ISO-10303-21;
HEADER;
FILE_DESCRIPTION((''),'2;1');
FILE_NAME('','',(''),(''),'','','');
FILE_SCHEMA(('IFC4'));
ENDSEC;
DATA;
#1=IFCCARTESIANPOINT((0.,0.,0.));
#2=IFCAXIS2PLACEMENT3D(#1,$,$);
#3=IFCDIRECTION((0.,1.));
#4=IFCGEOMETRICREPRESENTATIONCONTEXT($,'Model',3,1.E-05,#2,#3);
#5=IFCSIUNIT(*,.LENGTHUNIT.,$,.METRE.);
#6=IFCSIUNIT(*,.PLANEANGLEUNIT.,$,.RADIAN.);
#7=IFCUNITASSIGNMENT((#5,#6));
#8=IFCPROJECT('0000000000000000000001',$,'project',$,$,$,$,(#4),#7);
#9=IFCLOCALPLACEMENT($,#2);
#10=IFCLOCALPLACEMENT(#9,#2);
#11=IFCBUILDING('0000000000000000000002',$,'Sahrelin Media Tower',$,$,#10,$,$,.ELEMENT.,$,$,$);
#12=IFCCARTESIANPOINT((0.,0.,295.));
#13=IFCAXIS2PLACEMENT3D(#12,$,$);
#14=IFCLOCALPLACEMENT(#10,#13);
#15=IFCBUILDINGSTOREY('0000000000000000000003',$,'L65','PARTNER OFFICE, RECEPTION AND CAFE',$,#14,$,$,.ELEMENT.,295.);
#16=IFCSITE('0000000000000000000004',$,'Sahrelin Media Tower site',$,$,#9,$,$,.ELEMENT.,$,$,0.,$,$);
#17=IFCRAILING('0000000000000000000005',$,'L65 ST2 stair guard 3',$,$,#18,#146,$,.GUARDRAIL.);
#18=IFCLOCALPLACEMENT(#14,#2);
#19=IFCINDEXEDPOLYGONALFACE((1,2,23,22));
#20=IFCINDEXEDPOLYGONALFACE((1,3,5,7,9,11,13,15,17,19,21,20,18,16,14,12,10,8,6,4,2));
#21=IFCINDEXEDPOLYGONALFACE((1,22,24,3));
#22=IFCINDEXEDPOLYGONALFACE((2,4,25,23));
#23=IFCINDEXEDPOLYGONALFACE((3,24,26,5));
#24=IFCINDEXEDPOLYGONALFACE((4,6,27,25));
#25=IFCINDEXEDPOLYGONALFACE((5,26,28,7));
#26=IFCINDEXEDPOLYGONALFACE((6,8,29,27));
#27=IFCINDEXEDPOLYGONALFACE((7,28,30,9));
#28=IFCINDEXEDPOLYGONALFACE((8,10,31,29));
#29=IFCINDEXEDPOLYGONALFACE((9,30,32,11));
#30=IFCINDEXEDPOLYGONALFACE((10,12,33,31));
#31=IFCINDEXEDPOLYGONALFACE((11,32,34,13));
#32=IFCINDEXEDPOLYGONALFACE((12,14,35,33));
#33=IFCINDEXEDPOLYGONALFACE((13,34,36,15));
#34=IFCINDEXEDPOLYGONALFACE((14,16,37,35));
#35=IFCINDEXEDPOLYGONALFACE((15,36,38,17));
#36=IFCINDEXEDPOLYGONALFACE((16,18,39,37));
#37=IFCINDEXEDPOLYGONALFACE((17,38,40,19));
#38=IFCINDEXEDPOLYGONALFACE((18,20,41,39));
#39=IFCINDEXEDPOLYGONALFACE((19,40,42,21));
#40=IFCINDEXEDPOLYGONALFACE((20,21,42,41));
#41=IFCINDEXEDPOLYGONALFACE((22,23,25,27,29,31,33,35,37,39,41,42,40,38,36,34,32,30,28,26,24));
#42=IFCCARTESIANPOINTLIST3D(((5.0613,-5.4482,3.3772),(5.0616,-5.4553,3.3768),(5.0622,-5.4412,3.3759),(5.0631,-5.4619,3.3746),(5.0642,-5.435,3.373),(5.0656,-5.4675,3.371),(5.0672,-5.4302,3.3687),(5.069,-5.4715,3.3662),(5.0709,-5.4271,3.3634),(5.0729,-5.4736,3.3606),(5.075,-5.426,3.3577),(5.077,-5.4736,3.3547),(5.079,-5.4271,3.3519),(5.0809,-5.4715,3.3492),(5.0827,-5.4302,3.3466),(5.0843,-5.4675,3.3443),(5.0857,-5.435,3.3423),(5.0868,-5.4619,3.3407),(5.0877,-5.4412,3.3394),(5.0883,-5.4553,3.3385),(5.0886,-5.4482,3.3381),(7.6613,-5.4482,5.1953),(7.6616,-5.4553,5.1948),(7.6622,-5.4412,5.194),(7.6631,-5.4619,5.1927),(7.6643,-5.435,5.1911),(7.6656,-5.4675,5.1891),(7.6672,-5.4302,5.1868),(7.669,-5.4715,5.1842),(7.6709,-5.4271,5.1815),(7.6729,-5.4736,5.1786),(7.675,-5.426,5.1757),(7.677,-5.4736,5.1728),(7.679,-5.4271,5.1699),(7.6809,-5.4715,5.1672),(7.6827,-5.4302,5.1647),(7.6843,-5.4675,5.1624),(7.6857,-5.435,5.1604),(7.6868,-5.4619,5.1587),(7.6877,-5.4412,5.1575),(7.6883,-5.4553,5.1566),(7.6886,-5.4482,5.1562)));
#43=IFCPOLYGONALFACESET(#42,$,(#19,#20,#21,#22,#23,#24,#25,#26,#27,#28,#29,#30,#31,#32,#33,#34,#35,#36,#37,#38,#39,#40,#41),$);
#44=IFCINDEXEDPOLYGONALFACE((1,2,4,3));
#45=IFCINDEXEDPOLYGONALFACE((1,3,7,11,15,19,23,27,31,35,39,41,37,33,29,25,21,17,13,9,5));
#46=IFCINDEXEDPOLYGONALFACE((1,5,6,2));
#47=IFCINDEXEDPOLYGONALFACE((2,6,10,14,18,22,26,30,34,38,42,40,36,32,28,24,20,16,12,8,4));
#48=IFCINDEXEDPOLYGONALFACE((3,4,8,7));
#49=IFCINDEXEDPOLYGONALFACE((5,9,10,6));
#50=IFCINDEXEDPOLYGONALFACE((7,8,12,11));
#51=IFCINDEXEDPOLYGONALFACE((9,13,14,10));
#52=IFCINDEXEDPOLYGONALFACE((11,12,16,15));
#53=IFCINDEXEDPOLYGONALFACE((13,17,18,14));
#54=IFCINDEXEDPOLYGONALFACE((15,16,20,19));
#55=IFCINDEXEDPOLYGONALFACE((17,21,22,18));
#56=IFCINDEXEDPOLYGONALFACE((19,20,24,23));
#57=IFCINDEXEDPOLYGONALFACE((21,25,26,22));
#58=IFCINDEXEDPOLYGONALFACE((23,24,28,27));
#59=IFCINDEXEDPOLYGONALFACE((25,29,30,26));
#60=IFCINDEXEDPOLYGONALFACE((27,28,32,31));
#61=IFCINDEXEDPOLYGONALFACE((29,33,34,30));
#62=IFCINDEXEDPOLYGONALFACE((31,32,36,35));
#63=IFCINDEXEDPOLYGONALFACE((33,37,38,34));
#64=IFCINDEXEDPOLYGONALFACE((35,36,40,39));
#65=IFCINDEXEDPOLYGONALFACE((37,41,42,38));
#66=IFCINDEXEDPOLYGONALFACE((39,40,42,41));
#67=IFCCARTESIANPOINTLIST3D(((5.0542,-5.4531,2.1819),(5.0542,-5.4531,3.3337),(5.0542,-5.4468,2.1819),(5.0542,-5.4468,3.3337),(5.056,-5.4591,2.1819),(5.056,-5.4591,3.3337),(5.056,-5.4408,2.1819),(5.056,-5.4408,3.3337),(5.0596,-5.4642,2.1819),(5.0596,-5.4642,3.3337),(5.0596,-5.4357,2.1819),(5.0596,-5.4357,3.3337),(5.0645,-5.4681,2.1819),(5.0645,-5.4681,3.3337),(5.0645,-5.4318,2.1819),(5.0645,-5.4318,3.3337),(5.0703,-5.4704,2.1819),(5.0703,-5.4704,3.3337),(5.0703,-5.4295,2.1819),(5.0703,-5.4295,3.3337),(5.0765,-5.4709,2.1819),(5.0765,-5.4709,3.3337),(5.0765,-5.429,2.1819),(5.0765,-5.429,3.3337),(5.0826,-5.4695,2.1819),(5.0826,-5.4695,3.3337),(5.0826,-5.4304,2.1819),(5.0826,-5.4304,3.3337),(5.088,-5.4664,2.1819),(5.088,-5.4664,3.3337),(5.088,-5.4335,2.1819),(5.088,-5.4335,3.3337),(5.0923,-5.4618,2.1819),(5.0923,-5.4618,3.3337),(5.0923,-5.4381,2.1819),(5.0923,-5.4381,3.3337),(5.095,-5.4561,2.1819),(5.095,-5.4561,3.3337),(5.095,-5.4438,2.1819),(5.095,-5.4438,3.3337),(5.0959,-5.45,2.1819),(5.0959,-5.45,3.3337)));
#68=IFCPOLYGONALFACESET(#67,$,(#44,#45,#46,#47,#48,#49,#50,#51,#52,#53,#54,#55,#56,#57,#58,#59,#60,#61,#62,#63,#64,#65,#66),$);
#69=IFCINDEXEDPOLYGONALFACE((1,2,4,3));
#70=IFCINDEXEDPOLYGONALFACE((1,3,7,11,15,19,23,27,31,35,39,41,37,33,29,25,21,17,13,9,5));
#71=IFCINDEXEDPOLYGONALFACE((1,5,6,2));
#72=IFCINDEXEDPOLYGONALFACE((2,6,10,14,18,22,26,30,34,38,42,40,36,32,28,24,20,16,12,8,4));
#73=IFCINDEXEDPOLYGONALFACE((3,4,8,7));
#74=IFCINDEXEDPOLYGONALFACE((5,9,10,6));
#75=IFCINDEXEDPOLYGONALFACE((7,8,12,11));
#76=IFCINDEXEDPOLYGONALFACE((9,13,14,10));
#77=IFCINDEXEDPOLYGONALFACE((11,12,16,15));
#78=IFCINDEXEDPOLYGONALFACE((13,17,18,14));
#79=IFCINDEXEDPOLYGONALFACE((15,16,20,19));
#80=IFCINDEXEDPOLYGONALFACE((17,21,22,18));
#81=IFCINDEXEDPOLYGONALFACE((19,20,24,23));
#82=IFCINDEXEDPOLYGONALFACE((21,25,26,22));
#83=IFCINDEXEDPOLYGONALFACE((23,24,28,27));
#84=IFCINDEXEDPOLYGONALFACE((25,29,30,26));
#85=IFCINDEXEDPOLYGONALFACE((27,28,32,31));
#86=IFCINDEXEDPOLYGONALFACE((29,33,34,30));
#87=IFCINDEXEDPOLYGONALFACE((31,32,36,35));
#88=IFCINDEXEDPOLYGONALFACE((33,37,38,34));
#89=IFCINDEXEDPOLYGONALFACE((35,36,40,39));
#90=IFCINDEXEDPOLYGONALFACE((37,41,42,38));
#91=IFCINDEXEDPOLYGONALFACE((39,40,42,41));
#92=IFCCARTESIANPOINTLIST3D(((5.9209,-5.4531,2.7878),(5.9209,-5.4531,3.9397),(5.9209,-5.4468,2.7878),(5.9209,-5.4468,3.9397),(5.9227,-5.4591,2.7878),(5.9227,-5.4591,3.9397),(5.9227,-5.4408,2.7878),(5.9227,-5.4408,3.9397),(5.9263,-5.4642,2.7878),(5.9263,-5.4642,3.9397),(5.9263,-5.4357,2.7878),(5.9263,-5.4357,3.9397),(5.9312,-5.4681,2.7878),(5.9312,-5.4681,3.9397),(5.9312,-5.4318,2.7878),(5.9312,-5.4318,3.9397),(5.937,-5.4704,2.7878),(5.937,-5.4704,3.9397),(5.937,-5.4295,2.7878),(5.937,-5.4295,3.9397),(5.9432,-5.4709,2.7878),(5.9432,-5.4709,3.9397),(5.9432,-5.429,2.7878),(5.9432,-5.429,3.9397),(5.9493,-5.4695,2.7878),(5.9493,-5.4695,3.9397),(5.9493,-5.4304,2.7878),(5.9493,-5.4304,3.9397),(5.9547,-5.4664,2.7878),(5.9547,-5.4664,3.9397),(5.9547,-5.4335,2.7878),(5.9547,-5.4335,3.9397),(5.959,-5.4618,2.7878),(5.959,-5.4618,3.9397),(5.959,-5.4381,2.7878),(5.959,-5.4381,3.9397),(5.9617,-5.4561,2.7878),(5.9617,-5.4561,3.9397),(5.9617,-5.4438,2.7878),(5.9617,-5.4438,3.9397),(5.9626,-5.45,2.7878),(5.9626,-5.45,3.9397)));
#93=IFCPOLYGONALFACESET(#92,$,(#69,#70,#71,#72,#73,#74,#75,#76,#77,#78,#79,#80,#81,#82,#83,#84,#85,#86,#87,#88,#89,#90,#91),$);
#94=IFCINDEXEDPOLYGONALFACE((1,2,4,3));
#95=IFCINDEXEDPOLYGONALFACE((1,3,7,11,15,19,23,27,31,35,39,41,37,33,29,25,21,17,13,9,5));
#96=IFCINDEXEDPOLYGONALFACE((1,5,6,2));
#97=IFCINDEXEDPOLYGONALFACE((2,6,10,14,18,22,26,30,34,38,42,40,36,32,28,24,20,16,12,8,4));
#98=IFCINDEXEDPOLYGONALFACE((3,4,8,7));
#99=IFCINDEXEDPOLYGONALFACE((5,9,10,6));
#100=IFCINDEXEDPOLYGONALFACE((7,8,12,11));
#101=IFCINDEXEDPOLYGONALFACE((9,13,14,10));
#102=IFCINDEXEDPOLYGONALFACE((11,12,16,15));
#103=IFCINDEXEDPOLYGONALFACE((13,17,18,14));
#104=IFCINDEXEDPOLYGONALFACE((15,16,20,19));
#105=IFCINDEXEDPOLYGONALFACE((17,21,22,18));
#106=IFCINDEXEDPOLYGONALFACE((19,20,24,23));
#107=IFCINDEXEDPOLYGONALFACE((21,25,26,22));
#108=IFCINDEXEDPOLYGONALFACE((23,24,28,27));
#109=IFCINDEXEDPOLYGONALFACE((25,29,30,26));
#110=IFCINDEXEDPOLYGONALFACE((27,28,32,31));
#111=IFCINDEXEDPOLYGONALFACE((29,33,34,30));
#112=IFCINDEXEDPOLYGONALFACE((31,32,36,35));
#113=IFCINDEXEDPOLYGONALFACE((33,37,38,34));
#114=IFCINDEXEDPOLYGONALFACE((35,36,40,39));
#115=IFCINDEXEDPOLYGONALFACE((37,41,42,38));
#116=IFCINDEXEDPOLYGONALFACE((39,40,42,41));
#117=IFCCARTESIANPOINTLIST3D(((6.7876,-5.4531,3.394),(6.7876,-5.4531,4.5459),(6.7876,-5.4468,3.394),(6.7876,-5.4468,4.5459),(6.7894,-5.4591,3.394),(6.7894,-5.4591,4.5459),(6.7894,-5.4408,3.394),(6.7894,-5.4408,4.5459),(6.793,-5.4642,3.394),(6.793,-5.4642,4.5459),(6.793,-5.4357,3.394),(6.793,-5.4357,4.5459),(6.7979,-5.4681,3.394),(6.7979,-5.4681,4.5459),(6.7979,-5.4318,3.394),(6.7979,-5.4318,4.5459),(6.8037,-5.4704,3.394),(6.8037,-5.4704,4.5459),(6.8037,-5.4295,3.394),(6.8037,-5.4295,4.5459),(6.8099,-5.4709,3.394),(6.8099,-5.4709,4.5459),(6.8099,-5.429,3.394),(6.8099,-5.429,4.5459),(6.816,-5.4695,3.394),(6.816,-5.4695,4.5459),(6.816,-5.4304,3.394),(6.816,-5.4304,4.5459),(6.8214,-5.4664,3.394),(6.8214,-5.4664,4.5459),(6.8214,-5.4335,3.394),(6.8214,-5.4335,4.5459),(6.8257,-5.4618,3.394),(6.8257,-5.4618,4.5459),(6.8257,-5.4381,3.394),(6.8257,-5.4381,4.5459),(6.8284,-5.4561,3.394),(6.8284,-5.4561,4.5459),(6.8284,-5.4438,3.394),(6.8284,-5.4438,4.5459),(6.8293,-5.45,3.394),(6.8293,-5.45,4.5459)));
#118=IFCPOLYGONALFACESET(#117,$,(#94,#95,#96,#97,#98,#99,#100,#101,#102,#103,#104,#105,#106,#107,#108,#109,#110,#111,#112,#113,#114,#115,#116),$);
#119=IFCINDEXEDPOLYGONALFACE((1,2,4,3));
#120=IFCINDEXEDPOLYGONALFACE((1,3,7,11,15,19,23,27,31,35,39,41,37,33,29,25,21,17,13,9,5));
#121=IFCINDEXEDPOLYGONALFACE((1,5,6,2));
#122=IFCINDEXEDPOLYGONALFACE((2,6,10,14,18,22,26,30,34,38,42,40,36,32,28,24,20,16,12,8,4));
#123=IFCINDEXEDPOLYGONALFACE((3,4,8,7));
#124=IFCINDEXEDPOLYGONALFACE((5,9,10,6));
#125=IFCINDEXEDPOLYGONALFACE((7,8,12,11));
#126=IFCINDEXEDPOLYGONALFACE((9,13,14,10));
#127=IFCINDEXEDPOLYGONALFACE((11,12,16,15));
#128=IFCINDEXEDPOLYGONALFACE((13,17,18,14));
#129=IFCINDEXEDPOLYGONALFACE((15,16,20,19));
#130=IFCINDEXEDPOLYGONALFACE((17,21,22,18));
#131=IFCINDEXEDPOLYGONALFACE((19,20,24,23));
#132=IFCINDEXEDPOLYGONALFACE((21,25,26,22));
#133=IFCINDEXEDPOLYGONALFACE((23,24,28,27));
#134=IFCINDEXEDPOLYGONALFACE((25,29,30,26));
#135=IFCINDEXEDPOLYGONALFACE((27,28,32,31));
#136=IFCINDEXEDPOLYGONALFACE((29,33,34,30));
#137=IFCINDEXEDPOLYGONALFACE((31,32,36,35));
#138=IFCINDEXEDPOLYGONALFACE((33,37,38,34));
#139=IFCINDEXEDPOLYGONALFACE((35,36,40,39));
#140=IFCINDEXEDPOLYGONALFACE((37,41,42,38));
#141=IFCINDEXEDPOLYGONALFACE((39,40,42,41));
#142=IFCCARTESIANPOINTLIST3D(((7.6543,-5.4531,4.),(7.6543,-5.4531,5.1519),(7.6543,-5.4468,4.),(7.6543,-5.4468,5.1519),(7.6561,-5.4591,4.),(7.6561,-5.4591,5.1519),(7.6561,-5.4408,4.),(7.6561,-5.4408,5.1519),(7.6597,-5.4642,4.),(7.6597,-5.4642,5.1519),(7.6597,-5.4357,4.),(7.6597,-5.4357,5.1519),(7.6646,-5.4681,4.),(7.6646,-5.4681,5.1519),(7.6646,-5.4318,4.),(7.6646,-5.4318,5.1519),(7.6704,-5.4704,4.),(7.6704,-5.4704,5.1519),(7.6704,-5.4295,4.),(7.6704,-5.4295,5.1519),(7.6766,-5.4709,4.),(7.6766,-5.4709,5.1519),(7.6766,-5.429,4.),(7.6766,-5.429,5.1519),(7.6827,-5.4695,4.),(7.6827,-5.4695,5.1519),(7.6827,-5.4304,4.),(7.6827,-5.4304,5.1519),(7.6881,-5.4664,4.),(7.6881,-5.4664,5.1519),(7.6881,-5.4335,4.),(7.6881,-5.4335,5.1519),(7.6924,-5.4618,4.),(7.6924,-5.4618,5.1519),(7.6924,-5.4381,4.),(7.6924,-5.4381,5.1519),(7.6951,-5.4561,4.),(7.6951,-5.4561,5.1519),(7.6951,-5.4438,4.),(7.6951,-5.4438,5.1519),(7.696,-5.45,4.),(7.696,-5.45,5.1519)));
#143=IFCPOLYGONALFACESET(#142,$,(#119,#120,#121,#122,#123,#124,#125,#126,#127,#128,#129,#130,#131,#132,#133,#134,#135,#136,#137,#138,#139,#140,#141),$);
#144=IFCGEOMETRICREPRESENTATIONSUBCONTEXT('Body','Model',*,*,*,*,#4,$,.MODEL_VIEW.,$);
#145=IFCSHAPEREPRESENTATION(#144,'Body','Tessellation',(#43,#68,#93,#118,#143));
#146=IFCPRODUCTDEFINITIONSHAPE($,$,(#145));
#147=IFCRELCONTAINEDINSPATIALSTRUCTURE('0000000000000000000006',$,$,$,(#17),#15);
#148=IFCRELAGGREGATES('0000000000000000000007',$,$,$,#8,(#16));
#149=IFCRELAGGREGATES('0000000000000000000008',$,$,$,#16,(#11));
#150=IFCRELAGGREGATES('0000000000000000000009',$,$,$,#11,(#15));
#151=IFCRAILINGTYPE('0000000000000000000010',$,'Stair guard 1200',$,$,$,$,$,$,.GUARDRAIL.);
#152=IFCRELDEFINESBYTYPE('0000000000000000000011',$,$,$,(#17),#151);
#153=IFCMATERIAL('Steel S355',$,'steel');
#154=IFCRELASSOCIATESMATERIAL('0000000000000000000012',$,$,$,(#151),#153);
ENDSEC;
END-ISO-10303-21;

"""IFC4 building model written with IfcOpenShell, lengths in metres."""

from ifc_helpers import new_model, si_unit, direction, frame, origin, origin_2d, place, context, subcontext, project, spatial, circle, extrude, material, type_object, element, save


model = new_model("IFC4")

# Units and contexts
model_context = context("Model", 3, precision=1e-05, world=origin(), true_north=direction((0.0, 1.0)))
body_context = subcontext(model_context, "Body", "Model", "MODEL_VIEW")
ifc_project = project(units=[si_unit("LENGTHUNIT", "METRE"), si_unit("PLANEANGLEUNIT", "RADIAN")], contexts=[model_context])

# Site, building, storey
site_placement = place(None, origin())
site = spatial("IfcSite", under=ifc_project, at=site_placement, Name="Sahrelin Media Tower site", CompositionType="ELEMENT", RefElevation=0.0)
building_placement = place(site_placement, origin())
building = spatial("IfcBuilding", under=site, at=building_placement, Name="Sahrelin Media Tower", CompositionType="ELEMENT")
storey_placement = place(building_placement, frame((0.0, 0.0, 295.0)))
storey = spatial("IfcBuildingStorey", under=building, at=storey_placement, Name="L65", Description="PARTNER OFFICE, RECEPTION AND CAFE", CompositionType="ELEMENT", Elevation=295.0)

# Shared definitions
ifc_material_1 = material(Name="Steel S355", Category="steel")

# Railing
railing_type_1 = type_object("IfcRailingType", Name="Stair guard 1200", PredefinedType="GUARDRAIL", material=ifc_material_1)
railing_1_placement = place(storey_placement, frame((5.075, -5.45, 2.1819)))
element("IfcRailing", 1, at=railing_1_placement, inside=storey, type_object=railing_type_1, Name="L65 ST2 stair guard 3", PredefinedType="GUARDRAIL", context=body_context, shape_type="SweptSolid", body=[
    extrude(circle(Radius=0.0239, at=origin_2d()), frame((0.0, 0.0, 1.1758), z_axis=(0.819521, 0.0, 0.573049), x_axis=(0.0, 1.0, 0.0)), (0.0, 0.0, 1.0), 3.1726),
    extrude(circle(Radius=0.021, at=origin_2d()), origin(), (0.0, 0.0, 1.0), 1.1519),
    extrude(circle(Radius=0.021, at=origin_2d()), frame((0.8667, 0.0, 0.606)), (0.0, 0.0, 1.0), 1.1519),
    extrude(circle(Radius=0.021, at=origin_2d()), frame((1.7334, 0.0, 1.2122)), (0.0, 0.0, 1.0), 1.1519),
    extrude(circle(Radius=0.021, at=origin_2d()), frame((2.6001, 0.0, 1.8181)), (0.0, 0.0, 1.0), 1.1519),
])

save(model, "model.ifc")
